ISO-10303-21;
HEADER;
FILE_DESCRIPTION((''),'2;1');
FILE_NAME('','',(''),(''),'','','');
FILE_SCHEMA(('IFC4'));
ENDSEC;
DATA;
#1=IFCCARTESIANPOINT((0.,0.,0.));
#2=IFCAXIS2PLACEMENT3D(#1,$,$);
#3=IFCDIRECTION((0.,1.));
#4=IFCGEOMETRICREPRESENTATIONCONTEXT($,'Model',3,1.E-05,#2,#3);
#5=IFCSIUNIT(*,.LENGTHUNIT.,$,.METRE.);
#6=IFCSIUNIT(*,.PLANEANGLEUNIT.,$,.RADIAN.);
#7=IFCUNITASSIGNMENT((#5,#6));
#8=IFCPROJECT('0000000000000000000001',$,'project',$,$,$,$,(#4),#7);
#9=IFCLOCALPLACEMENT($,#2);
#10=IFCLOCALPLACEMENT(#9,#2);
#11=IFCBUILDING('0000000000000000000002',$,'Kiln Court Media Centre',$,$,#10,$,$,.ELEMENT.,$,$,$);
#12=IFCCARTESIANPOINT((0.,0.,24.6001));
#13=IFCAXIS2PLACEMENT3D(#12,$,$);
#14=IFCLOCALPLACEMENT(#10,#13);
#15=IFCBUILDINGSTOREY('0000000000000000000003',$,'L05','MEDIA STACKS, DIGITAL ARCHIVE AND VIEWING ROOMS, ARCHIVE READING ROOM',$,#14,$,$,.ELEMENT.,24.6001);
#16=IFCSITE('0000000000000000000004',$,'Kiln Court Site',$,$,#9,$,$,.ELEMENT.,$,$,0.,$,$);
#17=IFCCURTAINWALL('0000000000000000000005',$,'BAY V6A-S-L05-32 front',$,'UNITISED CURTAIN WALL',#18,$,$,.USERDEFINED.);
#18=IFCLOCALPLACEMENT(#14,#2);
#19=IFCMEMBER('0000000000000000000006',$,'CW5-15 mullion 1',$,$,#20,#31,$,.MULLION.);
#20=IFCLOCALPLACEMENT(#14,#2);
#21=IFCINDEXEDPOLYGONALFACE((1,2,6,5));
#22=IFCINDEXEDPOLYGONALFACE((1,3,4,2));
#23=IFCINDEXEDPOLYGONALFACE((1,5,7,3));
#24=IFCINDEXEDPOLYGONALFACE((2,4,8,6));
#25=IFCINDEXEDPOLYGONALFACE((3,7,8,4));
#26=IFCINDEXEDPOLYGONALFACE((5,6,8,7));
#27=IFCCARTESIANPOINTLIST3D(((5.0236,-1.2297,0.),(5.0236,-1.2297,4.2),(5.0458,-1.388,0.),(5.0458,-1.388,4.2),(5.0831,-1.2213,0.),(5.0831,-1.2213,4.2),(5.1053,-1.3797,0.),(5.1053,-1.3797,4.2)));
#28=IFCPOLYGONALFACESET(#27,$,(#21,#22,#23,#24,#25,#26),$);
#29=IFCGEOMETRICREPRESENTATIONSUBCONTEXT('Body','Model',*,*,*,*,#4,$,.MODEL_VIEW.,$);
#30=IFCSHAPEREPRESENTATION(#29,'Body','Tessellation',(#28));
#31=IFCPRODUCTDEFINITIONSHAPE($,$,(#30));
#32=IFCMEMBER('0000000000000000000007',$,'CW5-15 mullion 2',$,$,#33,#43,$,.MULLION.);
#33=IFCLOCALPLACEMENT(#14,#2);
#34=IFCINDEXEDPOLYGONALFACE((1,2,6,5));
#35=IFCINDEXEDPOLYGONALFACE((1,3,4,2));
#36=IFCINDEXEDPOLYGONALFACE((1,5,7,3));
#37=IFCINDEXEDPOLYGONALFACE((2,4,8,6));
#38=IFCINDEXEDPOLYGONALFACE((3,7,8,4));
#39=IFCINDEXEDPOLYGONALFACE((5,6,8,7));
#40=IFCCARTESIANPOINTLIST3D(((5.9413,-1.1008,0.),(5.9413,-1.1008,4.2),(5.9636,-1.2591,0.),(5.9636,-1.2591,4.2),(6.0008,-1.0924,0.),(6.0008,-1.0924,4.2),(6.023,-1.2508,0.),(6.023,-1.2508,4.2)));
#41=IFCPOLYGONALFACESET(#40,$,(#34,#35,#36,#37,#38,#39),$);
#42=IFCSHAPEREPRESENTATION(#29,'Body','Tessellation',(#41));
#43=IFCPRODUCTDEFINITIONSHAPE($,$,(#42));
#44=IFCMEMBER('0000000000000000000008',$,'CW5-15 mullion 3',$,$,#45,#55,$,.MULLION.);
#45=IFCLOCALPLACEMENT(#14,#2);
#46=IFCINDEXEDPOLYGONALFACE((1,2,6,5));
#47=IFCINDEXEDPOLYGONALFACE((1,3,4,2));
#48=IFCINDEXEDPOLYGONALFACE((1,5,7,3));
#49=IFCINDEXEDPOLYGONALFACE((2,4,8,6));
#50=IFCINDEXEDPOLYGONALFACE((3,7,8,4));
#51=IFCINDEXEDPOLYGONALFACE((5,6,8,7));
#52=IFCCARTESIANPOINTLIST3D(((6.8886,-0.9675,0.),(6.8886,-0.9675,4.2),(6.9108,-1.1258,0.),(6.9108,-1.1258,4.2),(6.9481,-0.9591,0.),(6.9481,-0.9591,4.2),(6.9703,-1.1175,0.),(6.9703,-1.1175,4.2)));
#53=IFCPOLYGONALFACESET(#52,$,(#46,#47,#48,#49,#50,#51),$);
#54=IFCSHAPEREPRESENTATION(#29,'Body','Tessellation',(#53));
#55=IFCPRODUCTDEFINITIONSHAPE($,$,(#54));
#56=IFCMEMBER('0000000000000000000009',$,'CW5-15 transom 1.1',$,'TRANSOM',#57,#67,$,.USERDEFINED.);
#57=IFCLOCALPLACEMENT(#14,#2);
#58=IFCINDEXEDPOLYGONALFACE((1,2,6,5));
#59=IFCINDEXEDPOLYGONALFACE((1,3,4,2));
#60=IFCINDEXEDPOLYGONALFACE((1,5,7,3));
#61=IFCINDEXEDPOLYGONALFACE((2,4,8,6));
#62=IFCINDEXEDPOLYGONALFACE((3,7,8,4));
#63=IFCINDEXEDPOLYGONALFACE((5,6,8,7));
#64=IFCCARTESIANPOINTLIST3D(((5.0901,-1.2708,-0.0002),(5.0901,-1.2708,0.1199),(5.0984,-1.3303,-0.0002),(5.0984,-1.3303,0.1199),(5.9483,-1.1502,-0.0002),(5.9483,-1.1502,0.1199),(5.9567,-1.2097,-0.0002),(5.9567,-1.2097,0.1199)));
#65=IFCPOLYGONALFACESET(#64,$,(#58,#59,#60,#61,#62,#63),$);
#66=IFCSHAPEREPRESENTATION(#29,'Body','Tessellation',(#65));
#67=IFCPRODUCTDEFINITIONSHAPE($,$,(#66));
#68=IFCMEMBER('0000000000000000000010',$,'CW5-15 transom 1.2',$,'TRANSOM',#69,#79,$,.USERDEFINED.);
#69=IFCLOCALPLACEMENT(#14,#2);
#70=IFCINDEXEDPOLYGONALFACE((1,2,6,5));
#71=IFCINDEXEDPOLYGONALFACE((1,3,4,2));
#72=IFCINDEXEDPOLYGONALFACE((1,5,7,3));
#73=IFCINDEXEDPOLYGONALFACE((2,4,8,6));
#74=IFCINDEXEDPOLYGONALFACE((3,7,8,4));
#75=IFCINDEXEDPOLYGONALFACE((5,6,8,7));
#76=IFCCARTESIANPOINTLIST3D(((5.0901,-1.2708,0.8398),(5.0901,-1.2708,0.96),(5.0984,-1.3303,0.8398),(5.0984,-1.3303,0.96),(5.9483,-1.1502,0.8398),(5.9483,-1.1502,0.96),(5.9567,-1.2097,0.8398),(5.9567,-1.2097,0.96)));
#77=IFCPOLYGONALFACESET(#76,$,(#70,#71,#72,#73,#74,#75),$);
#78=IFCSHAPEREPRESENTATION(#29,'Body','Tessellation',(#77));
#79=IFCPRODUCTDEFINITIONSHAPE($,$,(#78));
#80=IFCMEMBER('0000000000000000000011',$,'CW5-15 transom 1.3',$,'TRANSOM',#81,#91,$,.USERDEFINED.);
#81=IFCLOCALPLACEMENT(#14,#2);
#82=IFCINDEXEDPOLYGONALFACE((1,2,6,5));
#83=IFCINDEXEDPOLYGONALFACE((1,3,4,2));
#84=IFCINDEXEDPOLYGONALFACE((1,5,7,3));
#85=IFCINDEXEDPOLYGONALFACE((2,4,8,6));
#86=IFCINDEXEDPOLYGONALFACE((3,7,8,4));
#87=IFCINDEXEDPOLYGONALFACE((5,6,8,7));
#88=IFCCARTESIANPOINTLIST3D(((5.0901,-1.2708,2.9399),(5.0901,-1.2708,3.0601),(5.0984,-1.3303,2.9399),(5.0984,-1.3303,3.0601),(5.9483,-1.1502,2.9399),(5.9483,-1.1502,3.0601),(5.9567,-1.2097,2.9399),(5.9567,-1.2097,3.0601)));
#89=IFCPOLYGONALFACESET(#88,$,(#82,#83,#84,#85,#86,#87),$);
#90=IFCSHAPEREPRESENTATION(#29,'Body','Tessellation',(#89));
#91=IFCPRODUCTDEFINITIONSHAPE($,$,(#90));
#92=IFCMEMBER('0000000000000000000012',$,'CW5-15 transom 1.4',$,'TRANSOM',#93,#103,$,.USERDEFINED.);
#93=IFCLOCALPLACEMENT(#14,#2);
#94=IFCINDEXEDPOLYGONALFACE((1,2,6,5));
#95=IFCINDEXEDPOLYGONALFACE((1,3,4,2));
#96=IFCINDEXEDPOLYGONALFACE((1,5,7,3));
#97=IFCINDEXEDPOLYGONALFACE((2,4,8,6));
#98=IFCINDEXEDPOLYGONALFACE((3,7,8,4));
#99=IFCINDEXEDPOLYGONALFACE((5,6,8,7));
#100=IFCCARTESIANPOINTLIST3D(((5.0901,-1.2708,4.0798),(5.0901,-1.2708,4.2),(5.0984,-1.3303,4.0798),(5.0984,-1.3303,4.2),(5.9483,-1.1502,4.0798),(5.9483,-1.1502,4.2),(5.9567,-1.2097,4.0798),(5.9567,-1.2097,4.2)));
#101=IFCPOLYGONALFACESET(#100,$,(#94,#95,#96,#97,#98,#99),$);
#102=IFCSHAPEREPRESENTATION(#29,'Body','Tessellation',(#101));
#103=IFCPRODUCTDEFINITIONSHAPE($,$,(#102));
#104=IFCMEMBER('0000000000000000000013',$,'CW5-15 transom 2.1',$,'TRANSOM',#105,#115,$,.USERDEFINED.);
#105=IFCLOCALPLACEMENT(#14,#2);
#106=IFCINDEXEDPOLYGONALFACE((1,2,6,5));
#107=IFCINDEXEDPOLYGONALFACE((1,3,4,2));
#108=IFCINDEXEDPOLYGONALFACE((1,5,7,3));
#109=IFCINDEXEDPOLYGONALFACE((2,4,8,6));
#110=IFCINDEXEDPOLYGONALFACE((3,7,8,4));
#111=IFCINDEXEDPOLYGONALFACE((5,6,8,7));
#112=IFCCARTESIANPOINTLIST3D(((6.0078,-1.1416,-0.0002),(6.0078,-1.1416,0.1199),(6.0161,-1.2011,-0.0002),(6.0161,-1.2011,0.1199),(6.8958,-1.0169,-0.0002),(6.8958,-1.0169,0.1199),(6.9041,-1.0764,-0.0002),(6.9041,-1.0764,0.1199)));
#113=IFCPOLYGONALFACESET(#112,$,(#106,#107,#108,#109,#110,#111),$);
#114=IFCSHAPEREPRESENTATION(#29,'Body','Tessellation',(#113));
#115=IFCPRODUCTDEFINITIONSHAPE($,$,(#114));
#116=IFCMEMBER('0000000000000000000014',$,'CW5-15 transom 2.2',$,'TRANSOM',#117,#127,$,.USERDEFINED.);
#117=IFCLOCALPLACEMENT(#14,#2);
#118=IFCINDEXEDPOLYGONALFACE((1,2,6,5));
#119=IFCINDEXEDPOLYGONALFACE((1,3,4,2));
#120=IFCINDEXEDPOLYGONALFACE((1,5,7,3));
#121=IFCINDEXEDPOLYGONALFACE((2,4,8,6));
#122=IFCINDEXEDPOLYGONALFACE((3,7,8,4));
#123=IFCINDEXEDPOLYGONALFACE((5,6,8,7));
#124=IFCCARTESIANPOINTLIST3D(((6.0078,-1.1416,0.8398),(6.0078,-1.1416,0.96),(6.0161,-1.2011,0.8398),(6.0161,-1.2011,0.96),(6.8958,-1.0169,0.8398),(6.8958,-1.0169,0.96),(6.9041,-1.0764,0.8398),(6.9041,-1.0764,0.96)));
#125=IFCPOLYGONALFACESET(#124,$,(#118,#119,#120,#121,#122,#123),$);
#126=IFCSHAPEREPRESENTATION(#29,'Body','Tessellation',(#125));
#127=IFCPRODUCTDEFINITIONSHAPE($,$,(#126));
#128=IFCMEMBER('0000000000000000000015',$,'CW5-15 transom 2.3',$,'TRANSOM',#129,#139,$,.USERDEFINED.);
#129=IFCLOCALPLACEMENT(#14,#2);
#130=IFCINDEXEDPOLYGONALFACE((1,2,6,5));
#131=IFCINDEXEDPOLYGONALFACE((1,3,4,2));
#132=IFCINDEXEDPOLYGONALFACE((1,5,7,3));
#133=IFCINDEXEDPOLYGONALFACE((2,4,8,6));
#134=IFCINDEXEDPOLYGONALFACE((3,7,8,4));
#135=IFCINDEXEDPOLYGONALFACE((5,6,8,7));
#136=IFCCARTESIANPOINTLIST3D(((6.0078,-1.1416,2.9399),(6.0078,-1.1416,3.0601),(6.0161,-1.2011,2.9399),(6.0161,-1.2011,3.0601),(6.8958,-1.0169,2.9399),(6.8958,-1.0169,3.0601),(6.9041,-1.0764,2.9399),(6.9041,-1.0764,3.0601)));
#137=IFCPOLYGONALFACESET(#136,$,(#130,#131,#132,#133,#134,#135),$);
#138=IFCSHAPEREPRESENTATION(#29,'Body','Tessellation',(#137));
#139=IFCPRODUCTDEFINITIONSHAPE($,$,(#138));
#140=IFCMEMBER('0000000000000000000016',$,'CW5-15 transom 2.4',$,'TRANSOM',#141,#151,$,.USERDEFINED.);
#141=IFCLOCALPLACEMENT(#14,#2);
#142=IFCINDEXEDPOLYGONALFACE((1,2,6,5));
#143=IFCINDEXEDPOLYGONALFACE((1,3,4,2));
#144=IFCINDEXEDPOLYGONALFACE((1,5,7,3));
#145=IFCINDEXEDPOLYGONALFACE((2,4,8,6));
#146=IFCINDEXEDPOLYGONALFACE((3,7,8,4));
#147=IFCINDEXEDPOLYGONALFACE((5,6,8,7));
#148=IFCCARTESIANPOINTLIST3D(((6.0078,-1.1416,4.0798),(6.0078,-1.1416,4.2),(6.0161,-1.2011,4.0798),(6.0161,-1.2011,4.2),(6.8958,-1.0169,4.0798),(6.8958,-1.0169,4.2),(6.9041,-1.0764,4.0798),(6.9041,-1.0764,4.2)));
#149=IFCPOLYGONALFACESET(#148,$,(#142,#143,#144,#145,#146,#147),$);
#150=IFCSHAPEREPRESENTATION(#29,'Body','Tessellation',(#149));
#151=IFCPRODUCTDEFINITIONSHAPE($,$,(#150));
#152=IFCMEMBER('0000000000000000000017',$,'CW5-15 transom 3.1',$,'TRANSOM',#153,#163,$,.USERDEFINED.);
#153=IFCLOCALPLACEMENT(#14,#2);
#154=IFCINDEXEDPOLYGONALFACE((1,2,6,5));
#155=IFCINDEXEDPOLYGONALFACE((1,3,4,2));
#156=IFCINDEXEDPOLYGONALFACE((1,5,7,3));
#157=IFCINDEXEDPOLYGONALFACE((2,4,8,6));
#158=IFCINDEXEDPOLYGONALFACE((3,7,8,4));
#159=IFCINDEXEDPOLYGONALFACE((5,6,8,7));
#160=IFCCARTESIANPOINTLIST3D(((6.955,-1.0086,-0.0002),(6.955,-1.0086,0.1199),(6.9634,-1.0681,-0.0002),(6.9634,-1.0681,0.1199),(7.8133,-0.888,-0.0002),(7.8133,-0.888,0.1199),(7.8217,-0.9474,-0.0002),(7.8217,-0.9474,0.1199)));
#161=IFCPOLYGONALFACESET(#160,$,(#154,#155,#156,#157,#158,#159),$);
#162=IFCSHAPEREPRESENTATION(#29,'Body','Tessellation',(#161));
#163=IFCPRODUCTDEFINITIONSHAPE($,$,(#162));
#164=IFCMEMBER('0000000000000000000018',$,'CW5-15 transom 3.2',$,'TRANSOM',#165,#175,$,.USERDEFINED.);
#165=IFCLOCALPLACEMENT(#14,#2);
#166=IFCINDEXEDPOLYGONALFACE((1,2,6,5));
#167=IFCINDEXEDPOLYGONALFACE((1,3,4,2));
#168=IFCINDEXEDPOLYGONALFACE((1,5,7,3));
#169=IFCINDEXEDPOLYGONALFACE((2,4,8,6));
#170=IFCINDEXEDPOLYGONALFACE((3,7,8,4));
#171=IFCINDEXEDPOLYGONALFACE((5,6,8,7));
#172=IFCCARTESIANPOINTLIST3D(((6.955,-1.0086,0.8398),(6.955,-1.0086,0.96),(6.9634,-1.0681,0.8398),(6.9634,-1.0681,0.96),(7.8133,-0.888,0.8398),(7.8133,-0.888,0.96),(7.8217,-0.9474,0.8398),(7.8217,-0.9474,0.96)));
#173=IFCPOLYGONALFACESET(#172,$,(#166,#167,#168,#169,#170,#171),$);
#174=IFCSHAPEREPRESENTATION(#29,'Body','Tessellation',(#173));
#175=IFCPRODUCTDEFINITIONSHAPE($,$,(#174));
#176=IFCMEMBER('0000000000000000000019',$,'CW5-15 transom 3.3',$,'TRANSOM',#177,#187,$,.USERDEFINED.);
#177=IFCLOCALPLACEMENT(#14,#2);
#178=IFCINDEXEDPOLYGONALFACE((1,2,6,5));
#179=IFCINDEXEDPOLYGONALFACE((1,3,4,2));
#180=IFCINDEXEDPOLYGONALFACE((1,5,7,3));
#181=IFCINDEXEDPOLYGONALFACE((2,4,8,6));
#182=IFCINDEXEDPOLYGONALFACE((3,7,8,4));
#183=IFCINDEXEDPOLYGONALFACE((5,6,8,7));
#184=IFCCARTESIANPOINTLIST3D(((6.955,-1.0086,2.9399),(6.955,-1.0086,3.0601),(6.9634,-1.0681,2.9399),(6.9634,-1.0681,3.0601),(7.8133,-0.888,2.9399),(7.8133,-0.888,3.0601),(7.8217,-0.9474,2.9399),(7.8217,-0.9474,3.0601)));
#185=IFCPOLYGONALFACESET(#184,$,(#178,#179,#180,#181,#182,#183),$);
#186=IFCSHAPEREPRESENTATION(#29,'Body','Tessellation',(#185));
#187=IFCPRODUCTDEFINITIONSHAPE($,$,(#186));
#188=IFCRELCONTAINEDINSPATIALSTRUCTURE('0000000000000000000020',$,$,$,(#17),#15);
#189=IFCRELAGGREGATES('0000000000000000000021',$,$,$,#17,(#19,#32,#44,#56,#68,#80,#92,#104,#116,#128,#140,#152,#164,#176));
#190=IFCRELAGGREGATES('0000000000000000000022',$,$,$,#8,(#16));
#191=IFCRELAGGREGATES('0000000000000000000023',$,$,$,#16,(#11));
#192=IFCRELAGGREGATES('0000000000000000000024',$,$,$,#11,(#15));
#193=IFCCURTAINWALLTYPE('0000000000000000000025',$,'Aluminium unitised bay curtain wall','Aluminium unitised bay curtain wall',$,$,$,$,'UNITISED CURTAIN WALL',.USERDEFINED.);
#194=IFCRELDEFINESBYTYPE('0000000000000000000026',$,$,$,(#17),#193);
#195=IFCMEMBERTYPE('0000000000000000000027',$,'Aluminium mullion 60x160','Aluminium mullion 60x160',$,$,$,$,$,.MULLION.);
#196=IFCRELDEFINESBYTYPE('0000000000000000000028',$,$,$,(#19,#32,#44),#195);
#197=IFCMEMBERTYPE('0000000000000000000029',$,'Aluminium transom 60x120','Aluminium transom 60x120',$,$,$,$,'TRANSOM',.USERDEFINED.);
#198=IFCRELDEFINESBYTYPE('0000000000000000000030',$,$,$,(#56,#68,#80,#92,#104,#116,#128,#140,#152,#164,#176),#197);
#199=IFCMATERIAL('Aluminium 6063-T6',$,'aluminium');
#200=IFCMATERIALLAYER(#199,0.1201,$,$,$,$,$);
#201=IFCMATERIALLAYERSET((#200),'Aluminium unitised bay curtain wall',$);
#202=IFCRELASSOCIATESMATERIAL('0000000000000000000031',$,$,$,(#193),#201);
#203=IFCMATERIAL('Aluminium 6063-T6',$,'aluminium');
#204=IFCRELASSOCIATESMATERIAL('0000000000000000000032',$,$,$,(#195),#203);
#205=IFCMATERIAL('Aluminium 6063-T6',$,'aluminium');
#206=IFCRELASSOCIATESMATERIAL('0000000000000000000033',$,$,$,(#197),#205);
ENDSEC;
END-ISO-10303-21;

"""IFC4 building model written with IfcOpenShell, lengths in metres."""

from ifc_helpers import new_model, si_unit, direction, frame, origin, origin_2d, place, context, subcontext, project, spatial, rectangle, extrude, material, layer, layer_set, material_profile, profile_set, type_object, element, aggregate, save


model = new_model("IFC4")

# Units and contexts
model_context = context("Model", 3, precision=1e-05, world=origin(), true_north=direction((0.0, 1.0)))
body_context = subcontext(model_context, "Body", "Model", "MODEL_VIEW")
ifc_project = project(units=[si_unit("LENGTHUNIT", "METRE"), si_unit("PLANEANGLEUNIT", "RADIAN")], contexts=[model_context])

# Site, building, storey
site_placement = place(None, origin())
site = spatial("IfcSite", under=ifc_project, at=site_placement, Name="Kiln Court Site", CompositionType="ELEMENT", RefElevation=0.0)
building_placement = place(site_placement, origin())
building = spatial("IfcBuilding", under=site, at=building_placement, Name="Kiln Court Media Centre", CompositionType="ELEMENT")
storey_placement = place(building_placement, frame((0.0, 0.0, 24.6001)))
storey = spatial("IfcBuildingStorey", under=building, at=storey_placement, Name="L05", Description="MEDIA STACKS, DIGITAL ARCHIVE AND VIEWING ROOMS, ARCHIVE READING ROOM", CompositionType="ELEMENT", Elevation=24.6001)

# Curtain wall, members
ifc_material_1 = material(Name="Aluminium 6063-T6", Category="aluminium")
ifc_layer_1 = layer(ifc_material_1, 0.1201)
ifc_layer_set_1 = layer_set([ifc_layer_1], Name="Aluminium unitised bay curtain wall")
curtain_wall_type = type_object("IfcCurtainWallType", Name="Aluminium unitised bay curtain wall", Description="Aluminium unitised bay curtain wall", ElementType="UNITISED CURTAIN WALL", PredefinedType="USERDEFINED", material=ifc_layer_set_1)
curtain_wall_placement = place(storey_placement, origin())
curtain_wall = element("IfcCurtainWall", 1, at=curtain_wall_placement, inside=storey, type_object=curtain_wall_type, Name="BAY V6A-S-L05-32 front", ObjectType="UNITISED CURTAIN WALL", PredefinedType="USERDEFINED")
ifc_material_2 = material(Name="Aluminium 6063-T6", Category="aluminium")
ifc_material_profile_1 = material_profile(ifc_material_2, rectangle(XDim=0.0601, YDim=0.1599, at=origin_2d()), Name="Aluminium mullion 60x160")
ifc_profile_set_1 = profile_set([ifc_material_profile_1], Name="Aluminium 6063-T6")
member_type_1 = type_object("IfcMemberType", Name="Aluminium mullion 60x160", Description="Aluminium mullion 60x160", PredefinedType="MULLION", material=ifc_profile_set_1)
member_1_placement = place(storey_placement, frame((5.0645, -1.3047, 0.0), z_axis=(0.0, 0.0, 1.0), x_axis=(0.99027, 0.139162, 0.0)))
member_1 = element("IfcMember", 2, at=member_1_placement, type_object=member_type_1, Name="CW5-15 mullion 1", PredefinedType="MULLION", context=body_context, shape_type="SweptSolid", body=[
    extrude(rectangle(XDim=0.0601, YDim=0.1599, at=origin_2d()), origin(), (0.0, 0.0, 1.0), 4.2),
])
member_2_placement = place(storey_placement, frame((5.9822, -1.1758, 0.0), z_axis=(0.0, 0.0, 1.0), x_axis=(0.99027, 0.139162, 0.0)))
member_2 = element("IfcMember", 3, at=member_2_placement, type_object=member_type_1, Name="CW5-15 mullion 2", PredefinedType="MULLION", context=body_context, shape_type="SweptSolid", body=[
    extrude(rectangle(XDim=0.0601, YDim=0.1599, at=origin_2d()), origin(), (0.0, 0.0, 1.0), 4.2),
])
member_3_placement = place(storey_placement, frame((6.9294, -1.0425, 0.0), z_axis=(0.0, 0.0, 1.0), x_axis=(0.99027, 0.139162, 0.0)))
member_3 = element("IfcMember", 4, at=member_3_placement, type_object=member_type_1, Name="CW5-15 mullion 3", PredefinedType="MULLION", context=body_context, shape_type="SweptSolid", body=[
    extrude(rectangle(XDim=0.0601, YDim=0.1599, at=origin_2d()), origin(), (0.0, 0.0, 1.0), 4.2),
])
ifc_material_3 = material(Name="Aluminium 6063-T6", Category="aluminium")
ifc_material_profile_2 = material_profile(ifc_material_3, rectangle(XDim=0.0601, YDim=0.1201, at=origin_2d()), Name="Aluminium transom 60x120")
ifc_profile_set_2 = profile_set([ifc_material_profile_2], Name="Aluminium 6063-T6")
member_type_2 = type_object("IfcMemberType", Name="Aluminium transom 60x120", Description="Aluminium transom 60x120", ElementType="TRANSOM", PredefinedType="USERDEFINED", material=ifc_profile_set_2)
member_4_placement = place(storey_placement, frame((5.0942, -1.3005, 0.0598), z_axis=(0.990268, 0.139173, 0.0), x_axis=(-0.139173, 0.990268, 0.0)))
member_4 = element("IfcMember", 5, at=member_4_placement, type_object=member_type_2, Name="CW5-15 transom 1.1", ObjectType="TRANSOM", PredefinedType="USERDEFINED", context=body_context, shape_type="SweptSolid", body=[
    extrude(rectangle(XDim=0.0601, YDim=0.1201, at=origin_2d()), origin(), (0.0, 0.0, 1.0), 0.8667),
])
member_5_placement = place(storey_placement, frame((5.0942, -1.3005, 0.8999), z_axis=(0.990268, 0.139173, 0.0), x_axis=(-0.139173, 0.990268, 0.0)))
member_5 = element("IfcMember", 6, at=member_5_placement, type_object=member_type_2, Name="CW5-15 transom 1.2", ObjectType="TRANSOM", PredefinedType="USERDEFINED", context=body_context, shape_type="SweptSolid", body=[
    extrude(rectangle(XDim=0.0601, YDim=0.1201, at=origin_2d()), origin(), (0.0, 0.0, 1.0), 0.8667),
])
member_6_placement = place(storey_placement, frame((5.0942, -1.3005, 3.0), z_axis=(0.990268, 0.139173, 0.0), x_axis=(-0.139173, 0.990268, 0.0)))
member_6 = element("IfcMember", 7, at=member_6_placement, type_object=member_type_2, Name="CW5-15 transom 1.3", ObjectType="TRANSOM", PredefinedType="USERDEFINED", context=body_context, shape_type="SweptSolid", body=[
    extrude(rectangle(XDim=0.0601, YDim=0.1201, at=origin_2d()), origin(), (0.0, 0.0, 1.0), 0.8667),
])
member_7_placement = place(storey_placement, frame((5.0942, -1.3005, 4.1399), z_axis=(0.990268, 0.139173, 0.0), x_axis=(-0.139173, 0.990268, 0.0)))
member_7 = element("IfcMember", 8, at=member_7_placement, type_object=member_type_2, Name="CW5-15 transom 1.4", ObjectType="TRANSOM", PredefinedType="USERDEFINED", context=body_context, shape_type="SweptSolid", body=[
    extrude(rectangle(XDim=0.0601, YDim=0.1201, at=origin_2d()), origin(), (0.0, 0.0, 1.0), 0.8667),
])
member_8_placement = place(storey_placement, frame((6.012, -1.1714, 0.0598), z_axis=(0.990274, 0.139134, 0.0), x_axis=(-0.139134, 0.990274, 0.0)))
member_8 = element("IfcMember", 9, at=member_8_placement, type_object=member_type_2, Name="CW5-15 transom 2.1", ObjectType="TRANSOM", PredefinedType="USERDEFINED", context=body_context, shape_type="SweptSolid", body=[
    extrude(rectangle(XDim=0.0601, YDim=0.1201, at=origin_2d()), origin(), (0.0, 0.0, 1.0), 0.8967),
])
member_9_placement = place(storey_placement, frame((6.012, -1.1714, 0.8999), z_axis=(0.990274, 0.139134, 0.0), x_axis=(-0.139134, 0.990274, 0.0)))
member_9 = element("IfcMember", 10, at=member_9_placement, type_object=member_type_2, Name="CW5-15 transom 2.2", ObjectType="TRANSOM", PredefinedType="USERDEFINED", context=body_context, shape_type="SweptSolid", body=[
    extrude(rectangle(XDim=0.0601, YDim=0.1201, at=origin_2d()), origin(), (0.0, 0.0, 1.0), 0.8967),
])
member_10_placement = place(storey_placement, frame((6.012, -1.1714, 3.0), z_axis=(0.990274, 0.139134, 0.0), x_axis=(-0.139134, 0.990274, 0.0)))
member_10 = element("IfcMember", 11, at=member_10_placement, type_object=member_type_2, Name="CW5-15 transom 2.3", ObjectType="TRANSOM", PredefinedType="USERDEFINED", context=body_context, shape_type="SweptSolid", body=[
    extrude(rectangle(XDim=0.0601, YDim=0.1201, at=origin_2d()), origin(), (0.0, 0.0, 1.0), 0.8967),
])
member_11_placement = place(storey_placement, frame((6.012, -1.1714, 4.1399), z_axis=(0.990274, 0.139134, 0.0), x_axis=(-0.139134, 0.990274, 0.0)))
member_11 = element("IfcMember", 12, at=member_11_placement, type_object=member_type_2, Name="CW5-15 transom 2.4", ObjectType="TRANSOM", PredefinedType="USERDEFINED", context=body_context, shape_type="SweptSolid", body=[
    extrude(rectangle(XDim=0.0601, YDim=0.1201, at=origin_2d()), origin(), (0.0, 0.0, 1.0), 0.8967),
])
member_12_placement = place(storey_placement, frame((6.9592, -1.0383, 0.0598), z_axis=(0.990268, 0.139173, 0.0), x_axis=(-0.139173, 0.990268, 0.0)))
member_12 = element("IfcMember", 13, at=member_12_placement, type_object=member_type_2, Name="CW5-15 transom 3.1", ObjectType="TRANSOM", PredefinedType="USERDEFINED", context=body_context, shape_type="SweptSolid", body=[
    extrude(rectangle(XDim=0.0601, YDim=0.1201, at=origin_2d()), origin(), (0.0, 0.0, 1.0), 0.8667),
])
member_13_placement = place(storey_placement, frame((6.9592, -1.0383, 0.8999), z_axis=(0.990268, 0.139173, 0.0), x_axis=(-0.139173, 0.990268, 0.0)))
member_13 = element("IfcMember", 14, at=member_13_placement, type_object=member_type_2, Name="CW5-15 transom 3.2", ObjectType="TRANSOM", PredefinedType="USERDEFINED", context=body_context, shape_type="SweptSolid", body=[
    extrude(rectangle(XDim=0.0601, YDim=0.1201, at=origin_2d()), origin(), (0.0, 0.0, 1.0), 0.8667),
])
member_14_placement = place(storey_placement, frame((6.9592, -1.0383, 3.0), z_axis=(0.990268, 0.139173, 0.0), x_axis=(-0.139173, 0.990268, 0.0)))
member_14 = element("IfcMember", 15, at=member_14_placement, type_object=member_type_2, Name="CW5-15 transom 3.3", ObjectType="TRANSOM", PredefinedType="USERDEFINED", context=body_context, shape_type="SweptSolid", body=[
    extrude(rectangle(XDim=0.0601, YDim=0.1201, at=origin_2d()), origin(), (0.0, 0.0, 1.0), 0.8667),
])
aggregate(curtain_wall, [member_1, member_2, member_3, member_4, member_5, member_6, member_7, member_8, member_9, member_10, member_11, member_12, member_13, member_14])

save(model, "model.ifc")
